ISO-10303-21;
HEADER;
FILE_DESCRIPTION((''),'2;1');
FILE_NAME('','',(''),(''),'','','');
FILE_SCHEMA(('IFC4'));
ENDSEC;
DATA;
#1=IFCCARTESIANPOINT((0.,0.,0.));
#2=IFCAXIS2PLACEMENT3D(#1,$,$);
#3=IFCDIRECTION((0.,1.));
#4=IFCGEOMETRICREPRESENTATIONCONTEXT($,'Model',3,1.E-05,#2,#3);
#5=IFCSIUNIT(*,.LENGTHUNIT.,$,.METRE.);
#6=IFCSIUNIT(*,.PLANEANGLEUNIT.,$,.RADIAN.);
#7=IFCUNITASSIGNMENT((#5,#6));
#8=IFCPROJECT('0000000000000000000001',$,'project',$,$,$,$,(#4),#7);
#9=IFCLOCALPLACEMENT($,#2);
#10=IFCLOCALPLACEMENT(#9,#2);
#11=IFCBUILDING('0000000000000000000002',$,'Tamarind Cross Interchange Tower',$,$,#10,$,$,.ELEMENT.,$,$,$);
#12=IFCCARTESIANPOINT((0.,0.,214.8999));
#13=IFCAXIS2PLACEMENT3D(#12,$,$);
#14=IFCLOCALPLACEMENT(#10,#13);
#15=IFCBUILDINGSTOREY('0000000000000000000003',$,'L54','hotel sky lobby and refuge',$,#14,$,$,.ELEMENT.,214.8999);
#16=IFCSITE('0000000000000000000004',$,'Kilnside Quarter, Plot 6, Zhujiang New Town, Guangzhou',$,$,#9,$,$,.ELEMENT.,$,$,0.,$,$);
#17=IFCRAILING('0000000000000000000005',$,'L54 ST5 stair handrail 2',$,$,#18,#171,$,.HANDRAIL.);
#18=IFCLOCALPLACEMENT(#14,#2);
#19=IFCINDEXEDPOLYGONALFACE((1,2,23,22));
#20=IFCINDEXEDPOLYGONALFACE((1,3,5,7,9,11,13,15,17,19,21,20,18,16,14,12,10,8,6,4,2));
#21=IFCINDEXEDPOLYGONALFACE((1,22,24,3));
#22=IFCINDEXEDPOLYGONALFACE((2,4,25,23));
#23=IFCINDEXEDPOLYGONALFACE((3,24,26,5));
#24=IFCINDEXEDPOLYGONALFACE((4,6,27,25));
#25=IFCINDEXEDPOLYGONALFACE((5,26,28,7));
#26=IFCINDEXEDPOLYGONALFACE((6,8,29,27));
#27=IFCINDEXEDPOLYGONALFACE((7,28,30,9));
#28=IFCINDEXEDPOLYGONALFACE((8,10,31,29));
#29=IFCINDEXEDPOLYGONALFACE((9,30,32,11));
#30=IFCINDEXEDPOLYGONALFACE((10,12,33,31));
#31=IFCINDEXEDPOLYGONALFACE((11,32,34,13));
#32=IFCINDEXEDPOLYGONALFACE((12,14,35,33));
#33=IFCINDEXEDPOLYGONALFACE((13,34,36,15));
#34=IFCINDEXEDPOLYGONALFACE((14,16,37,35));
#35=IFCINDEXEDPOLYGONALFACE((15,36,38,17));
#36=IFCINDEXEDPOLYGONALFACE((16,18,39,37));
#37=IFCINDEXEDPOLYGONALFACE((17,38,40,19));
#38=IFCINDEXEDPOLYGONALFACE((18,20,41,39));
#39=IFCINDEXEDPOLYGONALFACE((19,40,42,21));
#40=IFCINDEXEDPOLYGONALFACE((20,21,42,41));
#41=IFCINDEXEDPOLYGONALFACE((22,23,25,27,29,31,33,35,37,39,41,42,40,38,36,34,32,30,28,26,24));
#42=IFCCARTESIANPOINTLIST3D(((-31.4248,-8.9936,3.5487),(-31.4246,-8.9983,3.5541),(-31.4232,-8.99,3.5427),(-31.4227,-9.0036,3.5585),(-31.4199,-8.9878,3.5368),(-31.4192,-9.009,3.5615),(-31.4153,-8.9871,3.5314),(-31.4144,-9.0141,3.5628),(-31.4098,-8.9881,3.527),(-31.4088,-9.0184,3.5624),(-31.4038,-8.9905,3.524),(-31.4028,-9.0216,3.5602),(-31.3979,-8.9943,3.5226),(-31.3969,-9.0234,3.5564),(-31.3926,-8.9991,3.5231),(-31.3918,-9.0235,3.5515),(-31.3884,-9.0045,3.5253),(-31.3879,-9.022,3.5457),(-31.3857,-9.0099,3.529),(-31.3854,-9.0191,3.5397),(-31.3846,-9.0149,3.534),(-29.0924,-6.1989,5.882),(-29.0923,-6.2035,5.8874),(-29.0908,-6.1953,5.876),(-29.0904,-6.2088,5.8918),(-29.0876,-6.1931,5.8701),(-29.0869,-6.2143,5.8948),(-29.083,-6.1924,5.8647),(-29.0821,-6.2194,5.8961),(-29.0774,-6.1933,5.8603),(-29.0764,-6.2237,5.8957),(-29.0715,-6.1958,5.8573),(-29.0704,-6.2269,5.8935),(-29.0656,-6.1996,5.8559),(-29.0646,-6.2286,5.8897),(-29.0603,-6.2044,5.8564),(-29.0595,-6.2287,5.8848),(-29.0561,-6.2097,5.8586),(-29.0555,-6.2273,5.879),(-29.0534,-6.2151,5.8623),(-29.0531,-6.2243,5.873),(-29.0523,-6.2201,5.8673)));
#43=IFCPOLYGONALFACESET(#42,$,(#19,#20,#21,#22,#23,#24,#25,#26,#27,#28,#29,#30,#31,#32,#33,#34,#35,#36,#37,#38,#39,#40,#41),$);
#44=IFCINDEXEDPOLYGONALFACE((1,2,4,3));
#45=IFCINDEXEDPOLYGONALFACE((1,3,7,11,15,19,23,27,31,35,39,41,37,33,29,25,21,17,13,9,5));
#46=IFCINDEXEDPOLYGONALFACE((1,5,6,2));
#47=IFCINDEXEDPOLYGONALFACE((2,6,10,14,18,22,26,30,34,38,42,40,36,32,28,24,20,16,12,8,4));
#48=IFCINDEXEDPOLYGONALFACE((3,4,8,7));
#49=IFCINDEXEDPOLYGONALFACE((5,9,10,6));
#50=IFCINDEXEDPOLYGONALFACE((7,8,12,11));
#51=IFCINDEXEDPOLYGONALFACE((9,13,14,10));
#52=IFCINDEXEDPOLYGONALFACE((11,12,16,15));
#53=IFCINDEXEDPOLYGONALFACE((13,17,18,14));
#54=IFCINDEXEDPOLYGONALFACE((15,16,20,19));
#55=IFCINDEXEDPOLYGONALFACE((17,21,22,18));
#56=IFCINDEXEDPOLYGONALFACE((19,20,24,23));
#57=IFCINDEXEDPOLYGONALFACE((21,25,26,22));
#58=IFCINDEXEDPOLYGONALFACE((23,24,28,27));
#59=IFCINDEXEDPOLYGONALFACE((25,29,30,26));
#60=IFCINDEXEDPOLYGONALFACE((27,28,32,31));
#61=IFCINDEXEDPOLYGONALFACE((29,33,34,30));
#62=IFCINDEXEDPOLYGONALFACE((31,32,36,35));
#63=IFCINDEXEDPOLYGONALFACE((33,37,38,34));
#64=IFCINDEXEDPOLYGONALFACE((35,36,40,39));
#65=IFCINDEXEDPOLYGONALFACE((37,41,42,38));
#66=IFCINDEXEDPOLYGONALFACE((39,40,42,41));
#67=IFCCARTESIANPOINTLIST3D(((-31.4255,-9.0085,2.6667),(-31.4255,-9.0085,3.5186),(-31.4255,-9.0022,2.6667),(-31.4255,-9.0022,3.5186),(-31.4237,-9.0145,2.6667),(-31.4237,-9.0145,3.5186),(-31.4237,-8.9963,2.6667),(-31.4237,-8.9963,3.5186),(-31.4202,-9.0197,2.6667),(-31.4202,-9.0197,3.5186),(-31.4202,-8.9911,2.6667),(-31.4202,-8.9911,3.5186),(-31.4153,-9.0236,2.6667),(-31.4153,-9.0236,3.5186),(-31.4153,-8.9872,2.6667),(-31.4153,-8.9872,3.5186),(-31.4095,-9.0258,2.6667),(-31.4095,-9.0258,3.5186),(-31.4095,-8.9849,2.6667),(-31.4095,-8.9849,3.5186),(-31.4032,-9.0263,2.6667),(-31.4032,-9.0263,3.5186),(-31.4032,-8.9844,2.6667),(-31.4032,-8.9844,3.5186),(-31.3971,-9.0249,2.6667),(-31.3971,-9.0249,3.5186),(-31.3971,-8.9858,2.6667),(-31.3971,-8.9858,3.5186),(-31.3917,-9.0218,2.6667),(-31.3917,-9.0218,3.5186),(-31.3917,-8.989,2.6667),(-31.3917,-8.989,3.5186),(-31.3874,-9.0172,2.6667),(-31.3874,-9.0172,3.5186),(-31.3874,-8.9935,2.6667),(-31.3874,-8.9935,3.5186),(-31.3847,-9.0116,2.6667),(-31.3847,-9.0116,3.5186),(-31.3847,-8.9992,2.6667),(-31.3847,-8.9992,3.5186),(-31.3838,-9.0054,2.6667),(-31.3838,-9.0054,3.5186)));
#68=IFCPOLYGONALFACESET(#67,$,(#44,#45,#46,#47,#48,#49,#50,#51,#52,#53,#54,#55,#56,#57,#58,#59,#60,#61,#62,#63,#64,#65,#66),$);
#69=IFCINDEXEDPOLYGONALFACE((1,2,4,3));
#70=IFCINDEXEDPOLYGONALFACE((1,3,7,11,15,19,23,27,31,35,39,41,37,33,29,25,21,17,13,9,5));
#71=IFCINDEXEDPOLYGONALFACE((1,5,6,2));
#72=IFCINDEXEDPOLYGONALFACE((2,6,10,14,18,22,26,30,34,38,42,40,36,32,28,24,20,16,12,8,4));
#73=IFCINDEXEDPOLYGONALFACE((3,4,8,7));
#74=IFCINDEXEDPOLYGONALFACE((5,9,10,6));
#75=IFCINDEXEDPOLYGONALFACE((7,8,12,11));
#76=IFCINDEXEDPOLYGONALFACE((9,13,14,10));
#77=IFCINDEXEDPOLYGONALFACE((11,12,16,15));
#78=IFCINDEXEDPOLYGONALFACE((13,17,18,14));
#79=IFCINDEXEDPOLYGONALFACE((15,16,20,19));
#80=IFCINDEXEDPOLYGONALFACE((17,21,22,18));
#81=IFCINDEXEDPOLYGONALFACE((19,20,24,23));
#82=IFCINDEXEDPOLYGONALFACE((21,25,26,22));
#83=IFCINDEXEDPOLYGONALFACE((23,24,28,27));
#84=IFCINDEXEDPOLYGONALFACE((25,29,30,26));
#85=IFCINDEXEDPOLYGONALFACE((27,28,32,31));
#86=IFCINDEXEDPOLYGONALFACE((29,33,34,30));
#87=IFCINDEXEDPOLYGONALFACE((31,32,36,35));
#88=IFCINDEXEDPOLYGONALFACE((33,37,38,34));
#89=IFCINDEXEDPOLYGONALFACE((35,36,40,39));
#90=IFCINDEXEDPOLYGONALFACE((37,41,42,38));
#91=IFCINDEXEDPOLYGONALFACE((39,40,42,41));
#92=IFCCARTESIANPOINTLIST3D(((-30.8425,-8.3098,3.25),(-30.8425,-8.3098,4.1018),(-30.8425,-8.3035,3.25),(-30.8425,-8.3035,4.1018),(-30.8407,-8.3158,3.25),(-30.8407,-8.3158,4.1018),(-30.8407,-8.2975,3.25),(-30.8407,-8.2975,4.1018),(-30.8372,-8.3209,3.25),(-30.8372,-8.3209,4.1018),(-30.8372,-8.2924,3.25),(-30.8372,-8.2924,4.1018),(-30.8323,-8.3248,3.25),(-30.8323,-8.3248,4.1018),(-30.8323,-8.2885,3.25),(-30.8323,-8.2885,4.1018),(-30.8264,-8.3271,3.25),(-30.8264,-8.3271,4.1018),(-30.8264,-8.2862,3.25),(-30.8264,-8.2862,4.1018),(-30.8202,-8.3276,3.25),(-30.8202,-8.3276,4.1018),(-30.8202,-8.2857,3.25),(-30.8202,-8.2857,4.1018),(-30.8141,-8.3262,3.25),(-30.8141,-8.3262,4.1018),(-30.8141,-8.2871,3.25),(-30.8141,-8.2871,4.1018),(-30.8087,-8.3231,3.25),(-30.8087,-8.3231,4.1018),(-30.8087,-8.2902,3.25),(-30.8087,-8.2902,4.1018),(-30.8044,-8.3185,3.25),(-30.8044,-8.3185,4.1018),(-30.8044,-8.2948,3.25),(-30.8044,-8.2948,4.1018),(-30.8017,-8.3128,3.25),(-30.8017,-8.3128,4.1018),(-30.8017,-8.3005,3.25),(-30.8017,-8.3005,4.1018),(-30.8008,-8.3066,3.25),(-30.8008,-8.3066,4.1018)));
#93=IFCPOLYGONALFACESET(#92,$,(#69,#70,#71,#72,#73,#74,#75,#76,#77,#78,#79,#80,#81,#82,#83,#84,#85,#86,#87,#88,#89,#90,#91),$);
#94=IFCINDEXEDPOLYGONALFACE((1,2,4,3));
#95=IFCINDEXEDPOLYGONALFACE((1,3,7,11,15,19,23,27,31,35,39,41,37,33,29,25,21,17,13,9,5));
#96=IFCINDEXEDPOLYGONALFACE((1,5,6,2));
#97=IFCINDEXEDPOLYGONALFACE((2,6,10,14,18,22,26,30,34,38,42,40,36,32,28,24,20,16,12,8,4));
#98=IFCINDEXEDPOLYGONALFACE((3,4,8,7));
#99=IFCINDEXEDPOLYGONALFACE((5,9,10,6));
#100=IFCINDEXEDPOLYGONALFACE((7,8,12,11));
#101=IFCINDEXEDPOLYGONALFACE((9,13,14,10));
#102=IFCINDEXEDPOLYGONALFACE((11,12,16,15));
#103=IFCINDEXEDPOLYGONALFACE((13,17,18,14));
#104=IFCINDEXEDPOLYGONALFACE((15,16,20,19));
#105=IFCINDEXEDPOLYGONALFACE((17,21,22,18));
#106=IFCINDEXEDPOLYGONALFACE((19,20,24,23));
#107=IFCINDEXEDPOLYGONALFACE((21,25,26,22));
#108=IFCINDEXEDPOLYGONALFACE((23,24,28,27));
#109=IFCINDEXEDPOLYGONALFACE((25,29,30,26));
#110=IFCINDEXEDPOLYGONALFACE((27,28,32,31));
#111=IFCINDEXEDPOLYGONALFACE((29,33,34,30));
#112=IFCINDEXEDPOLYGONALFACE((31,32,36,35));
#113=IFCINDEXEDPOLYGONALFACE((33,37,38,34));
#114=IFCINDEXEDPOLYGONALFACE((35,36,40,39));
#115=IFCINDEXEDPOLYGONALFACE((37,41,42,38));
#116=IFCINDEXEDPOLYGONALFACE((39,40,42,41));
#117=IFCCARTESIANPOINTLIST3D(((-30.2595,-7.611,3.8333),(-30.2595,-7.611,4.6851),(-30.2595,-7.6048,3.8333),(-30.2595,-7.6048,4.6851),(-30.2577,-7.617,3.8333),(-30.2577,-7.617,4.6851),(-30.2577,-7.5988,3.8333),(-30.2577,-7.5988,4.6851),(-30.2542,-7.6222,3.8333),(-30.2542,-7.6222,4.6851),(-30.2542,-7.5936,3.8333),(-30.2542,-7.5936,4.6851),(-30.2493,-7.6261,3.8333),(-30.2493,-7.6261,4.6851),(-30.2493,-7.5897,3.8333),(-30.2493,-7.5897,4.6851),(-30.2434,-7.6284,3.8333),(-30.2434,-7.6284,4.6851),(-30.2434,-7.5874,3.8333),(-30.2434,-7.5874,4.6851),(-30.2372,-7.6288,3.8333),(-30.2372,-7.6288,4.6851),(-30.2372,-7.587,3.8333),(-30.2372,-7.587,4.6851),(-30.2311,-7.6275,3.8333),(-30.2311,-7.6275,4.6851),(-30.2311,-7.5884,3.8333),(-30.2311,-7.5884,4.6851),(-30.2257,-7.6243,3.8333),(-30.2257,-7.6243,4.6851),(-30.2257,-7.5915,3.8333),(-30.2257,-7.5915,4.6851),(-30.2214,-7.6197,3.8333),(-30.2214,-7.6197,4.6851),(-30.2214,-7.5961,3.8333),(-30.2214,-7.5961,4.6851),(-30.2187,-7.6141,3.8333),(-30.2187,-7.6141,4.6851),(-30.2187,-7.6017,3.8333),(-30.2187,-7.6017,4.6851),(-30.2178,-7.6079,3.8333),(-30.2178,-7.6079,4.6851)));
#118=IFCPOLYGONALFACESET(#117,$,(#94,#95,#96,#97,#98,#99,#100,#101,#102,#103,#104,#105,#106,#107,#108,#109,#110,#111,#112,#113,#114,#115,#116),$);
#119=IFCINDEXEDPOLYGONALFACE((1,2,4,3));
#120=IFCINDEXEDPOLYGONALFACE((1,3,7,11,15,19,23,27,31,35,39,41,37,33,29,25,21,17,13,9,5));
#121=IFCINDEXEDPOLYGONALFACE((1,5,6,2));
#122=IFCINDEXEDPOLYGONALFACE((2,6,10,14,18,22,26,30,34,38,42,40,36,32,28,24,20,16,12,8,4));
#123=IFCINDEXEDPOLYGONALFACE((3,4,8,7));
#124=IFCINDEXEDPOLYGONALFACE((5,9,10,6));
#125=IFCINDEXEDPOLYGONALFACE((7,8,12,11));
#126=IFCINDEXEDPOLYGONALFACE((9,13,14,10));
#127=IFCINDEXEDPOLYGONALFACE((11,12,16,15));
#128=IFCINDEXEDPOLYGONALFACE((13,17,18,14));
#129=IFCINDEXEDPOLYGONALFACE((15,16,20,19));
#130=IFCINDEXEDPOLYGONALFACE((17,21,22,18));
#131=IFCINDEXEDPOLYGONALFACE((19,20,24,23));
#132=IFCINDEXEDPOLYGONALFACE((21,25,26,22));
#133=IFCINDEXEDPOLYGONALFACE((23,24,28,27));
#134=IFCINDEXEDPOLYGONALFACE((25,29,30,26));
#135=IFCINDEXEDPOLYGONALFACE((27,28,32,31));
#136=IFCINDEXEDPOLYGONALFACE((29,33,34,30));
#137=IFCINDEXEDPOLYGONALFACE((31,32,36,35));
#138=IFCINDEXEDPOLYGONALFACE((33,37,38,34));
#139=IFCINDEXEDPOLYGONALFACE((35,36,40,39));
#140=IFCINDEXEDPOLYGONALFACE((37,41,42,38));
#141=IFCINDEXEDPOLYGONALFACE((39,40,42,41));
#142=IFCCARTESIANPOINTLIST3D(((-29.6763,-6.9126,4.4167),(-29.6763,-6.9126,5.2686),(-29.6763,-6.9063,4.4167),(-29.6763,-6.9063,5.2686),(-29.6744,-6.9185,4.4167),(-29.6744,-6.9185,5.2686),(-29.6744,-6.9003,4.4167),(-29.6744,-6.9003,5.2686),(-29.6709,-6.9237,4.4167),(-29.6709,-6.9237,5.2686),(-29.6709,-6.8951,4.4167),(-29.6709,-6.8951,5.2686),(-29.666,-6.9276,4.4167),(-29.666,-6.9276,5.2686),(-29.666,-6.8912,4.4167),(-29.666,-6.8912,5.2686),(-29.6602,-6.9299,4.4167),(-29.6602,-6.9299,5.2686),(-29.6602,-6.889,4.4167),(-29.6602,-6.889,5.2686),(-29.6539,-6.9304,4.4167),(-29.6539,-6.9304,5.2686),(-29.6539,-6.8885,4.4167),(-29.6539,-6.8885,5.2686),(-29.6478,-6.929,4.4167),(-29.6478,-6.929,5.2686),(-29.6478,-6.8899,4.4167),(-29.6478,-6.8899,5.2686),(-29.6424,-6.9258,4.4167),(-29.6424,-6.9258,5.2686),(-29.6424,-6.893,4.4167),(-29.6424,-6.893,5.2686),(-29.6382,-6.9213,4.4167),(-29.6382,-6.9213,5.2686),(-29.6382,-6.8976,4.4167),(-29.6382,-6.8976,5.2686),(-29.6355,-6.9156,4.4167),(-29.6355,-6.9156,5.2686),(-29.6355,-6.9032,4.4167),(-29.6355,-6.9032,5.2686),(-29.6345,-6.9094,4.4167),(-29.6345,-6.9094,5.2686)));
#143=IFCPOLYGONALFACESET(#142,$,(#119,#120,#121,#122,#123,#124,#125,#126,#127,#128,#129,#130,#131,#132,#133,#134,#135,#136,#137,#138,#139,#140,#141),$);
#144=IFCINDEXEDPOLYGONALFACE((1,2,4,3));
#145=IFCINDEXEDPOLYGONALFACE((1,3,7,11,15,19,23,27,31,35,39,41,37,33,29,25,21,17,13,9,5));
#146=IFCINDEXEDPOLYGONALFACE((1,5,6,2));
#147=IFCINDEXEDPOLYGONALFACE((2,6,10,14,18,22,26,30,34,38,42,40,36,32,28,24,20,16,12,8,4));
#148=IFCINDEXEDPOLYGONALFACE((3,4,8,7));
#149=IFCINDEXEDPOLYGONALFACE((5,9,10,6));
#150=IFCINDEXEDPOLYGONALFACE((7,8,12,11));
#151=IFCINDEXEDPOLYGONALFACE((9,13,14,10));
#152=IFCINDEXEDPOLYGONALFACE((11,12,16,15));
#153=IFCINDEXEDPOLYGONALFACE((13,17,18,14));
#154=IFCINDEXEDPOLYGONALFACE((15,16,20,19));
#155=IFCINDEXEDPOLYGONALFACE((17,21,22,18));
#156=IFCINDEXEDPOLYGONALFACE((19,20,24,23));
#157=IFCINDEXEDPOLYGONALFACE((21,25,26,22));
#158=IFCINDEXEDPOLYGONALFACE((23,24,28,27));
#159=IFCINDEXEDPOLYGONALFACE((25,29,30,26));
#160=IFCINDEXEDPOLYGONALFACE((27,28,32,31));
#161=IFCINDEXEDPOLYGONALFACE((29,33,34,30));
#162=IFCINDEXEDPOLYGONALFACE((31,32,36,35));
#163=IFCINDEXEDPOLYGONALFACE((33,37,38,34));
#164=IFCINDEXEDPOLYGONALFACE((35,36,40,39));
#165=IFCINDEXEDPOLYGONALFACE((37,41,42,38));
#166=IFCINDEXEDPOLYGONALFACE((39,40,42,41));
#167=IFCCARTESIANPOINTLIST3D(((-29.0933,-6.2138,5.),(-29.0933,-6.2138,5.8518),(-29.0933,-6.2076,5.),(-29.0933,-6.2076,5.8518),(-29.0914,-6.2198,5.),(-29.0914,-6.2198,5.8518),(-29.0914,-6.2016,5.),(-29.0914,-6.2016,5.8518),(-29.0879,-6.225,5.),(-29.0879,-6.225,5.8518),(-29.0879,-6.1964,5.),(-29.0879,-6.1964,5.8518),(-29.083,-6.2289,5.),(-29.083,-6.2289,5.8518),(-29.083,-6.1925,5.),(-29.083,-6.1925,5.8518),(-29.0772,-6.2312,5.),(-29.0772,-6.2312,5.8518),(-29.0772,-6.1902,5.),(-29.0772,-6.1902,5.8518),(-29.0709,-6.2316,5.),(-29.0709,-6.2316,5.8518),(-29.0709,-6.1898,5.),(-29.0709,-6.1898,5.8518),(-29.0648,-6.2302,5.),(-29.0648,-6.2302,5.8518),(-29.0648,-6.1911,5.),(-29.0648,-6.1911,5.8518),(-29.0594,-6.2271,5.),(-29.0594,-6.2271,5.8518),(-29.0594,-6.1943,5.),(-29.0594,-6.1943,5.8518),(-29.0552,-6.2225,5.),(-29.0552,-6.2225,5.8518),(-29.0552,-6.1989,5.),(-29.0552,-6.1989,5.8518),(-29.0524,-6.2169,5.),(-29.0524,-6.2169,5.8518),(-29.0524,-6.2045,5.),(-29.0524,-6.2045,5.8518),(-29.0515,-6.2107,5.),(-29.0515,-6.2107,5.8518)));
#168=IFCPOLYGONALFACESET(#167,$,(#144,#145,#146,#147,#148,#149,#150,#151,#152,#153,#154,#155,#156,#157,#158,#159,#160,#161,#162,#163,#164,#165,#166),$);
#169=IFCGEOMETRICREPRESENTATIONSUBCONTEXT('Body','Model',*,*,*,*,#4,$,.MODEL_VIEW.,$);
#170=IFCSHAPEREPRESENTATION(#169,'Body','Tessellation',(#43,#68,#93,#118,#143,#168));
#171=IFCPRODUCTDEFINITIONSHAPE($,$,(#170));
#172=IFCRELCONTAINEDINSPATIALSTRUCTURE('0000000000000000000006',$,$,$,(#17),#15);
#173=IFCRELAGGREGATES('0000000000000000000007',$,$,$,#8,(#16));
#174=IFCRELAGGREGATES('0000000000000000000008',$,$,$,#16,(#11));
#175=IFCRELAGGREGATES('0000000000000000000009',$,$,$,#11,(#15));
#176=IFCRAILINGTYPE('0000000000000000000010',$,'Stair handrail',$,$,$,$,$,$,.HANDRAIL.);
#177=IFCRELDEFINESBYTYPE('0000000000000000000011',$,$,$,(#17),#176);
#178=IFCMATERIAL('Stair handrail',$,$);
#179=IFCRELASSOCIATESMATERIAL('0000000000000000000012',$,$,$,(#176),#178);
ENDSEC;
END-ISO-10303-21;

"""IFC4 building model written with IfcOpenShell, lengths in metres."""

from ifc_helpers import new_model, si_unit, direction, frame, origin, origin_2d, place, context, subcontext, project, spatial, circle, extrude, material, type_object, element, save


model = new_model("IFC4")

# Units and contexts
model_context = context("Model", 3, precision=1e-05, world=origin(), true_north=direction((0.0, 1.0)))
body_context = subcontext(model_context, "Body", "Model", "MODEL_VIEW")
ifc_project = project(units=[si_unit("LENGTHUNIT", "METRE"), si_unit("PLANEANGLEUNIT", "RADIAN")], contexts=[model_context])

# Site, building, storey
site_placement = place(None, origin())
site = spatial("IfcSite", under=ifc_project, at=site_placement, Name="Kilnside Quarter, Plot 6, Zhujiang New Town, Guangzhou", CompositionType="ELEMENT", RefElevation=0.0)
building_placement = place(site_placement, origin())
building = spatial("IfcBuilding", under=site, at=building_placement, Name="Tamarind Cross Interchange Tower", CompositionType="ELEMENT")
storey_placement = place(building_placement, frame((0.0, 0.0, 214.8999)))
storey = spatial("IfcBuildingStorey", under=building, at=storey_placement, Name="L54", Description="hotel sky lobby and refuge", CompositionType="ELEMENT", Elevation=214.8999)

# Railing
ifc_material_1 = material(Name="Stair handrail")
railing_type_1 = type_object("IfcRailingType", Name="Stair handrail", PredefinedType="HANDRAIL", material=ifc_material_1)
railing_1_placement = place(storey_placement, frame((-31.4048, -9.0054, 2.6667)))
element("IfcRailing", 1, at=railing_1_placement, inside=storey, type_object=railing_type_1, Name="L54 ST5 stair handrail 2", PredefinedType="HANDRAIL", context=body_context, shape_type="SweptSolid", body=[
    extrude(circle(Radius=0.0239, at=origin_2d()), frame((0.0, 0.0, 0.876), z_axis=(0.539425, 0.646373, 0.539651), x_axis=(-0.767765, 0.640732, 0.0)), (0.0, 0.0, 1.0), 4.3237),
    extrude(circle(Radius=0.021, at=origin_2d()), origin(), (0.0, 0.0, 1.0), 0.8518),
    extrude(circle(Radius=0.021, at=origin_2d()), frame((0.583, 0.6987, 0.5833)), (0.0, 0.0, 1.0), 0.8518),
    extrude(circle(Radius=0.021, at=origin_2d()), frame((1.166, 1.3975, 1.1665)), (0.0, 0.0, 1.0), 0.8518),
    extrude(circle(Radius=0.021, at=origin_2d()), frame((1.7493, 2.0959, 1.75)), (0.0, 0.0, 1.0), 0.8518),
    extrude(circle(Radius=0.021, at=origin_2d()), frame((2.3323, 2.7947, 2.3333)), (0.0, 0.0, 1.0), 0.8518),
])

save(model, "model.ifc")
